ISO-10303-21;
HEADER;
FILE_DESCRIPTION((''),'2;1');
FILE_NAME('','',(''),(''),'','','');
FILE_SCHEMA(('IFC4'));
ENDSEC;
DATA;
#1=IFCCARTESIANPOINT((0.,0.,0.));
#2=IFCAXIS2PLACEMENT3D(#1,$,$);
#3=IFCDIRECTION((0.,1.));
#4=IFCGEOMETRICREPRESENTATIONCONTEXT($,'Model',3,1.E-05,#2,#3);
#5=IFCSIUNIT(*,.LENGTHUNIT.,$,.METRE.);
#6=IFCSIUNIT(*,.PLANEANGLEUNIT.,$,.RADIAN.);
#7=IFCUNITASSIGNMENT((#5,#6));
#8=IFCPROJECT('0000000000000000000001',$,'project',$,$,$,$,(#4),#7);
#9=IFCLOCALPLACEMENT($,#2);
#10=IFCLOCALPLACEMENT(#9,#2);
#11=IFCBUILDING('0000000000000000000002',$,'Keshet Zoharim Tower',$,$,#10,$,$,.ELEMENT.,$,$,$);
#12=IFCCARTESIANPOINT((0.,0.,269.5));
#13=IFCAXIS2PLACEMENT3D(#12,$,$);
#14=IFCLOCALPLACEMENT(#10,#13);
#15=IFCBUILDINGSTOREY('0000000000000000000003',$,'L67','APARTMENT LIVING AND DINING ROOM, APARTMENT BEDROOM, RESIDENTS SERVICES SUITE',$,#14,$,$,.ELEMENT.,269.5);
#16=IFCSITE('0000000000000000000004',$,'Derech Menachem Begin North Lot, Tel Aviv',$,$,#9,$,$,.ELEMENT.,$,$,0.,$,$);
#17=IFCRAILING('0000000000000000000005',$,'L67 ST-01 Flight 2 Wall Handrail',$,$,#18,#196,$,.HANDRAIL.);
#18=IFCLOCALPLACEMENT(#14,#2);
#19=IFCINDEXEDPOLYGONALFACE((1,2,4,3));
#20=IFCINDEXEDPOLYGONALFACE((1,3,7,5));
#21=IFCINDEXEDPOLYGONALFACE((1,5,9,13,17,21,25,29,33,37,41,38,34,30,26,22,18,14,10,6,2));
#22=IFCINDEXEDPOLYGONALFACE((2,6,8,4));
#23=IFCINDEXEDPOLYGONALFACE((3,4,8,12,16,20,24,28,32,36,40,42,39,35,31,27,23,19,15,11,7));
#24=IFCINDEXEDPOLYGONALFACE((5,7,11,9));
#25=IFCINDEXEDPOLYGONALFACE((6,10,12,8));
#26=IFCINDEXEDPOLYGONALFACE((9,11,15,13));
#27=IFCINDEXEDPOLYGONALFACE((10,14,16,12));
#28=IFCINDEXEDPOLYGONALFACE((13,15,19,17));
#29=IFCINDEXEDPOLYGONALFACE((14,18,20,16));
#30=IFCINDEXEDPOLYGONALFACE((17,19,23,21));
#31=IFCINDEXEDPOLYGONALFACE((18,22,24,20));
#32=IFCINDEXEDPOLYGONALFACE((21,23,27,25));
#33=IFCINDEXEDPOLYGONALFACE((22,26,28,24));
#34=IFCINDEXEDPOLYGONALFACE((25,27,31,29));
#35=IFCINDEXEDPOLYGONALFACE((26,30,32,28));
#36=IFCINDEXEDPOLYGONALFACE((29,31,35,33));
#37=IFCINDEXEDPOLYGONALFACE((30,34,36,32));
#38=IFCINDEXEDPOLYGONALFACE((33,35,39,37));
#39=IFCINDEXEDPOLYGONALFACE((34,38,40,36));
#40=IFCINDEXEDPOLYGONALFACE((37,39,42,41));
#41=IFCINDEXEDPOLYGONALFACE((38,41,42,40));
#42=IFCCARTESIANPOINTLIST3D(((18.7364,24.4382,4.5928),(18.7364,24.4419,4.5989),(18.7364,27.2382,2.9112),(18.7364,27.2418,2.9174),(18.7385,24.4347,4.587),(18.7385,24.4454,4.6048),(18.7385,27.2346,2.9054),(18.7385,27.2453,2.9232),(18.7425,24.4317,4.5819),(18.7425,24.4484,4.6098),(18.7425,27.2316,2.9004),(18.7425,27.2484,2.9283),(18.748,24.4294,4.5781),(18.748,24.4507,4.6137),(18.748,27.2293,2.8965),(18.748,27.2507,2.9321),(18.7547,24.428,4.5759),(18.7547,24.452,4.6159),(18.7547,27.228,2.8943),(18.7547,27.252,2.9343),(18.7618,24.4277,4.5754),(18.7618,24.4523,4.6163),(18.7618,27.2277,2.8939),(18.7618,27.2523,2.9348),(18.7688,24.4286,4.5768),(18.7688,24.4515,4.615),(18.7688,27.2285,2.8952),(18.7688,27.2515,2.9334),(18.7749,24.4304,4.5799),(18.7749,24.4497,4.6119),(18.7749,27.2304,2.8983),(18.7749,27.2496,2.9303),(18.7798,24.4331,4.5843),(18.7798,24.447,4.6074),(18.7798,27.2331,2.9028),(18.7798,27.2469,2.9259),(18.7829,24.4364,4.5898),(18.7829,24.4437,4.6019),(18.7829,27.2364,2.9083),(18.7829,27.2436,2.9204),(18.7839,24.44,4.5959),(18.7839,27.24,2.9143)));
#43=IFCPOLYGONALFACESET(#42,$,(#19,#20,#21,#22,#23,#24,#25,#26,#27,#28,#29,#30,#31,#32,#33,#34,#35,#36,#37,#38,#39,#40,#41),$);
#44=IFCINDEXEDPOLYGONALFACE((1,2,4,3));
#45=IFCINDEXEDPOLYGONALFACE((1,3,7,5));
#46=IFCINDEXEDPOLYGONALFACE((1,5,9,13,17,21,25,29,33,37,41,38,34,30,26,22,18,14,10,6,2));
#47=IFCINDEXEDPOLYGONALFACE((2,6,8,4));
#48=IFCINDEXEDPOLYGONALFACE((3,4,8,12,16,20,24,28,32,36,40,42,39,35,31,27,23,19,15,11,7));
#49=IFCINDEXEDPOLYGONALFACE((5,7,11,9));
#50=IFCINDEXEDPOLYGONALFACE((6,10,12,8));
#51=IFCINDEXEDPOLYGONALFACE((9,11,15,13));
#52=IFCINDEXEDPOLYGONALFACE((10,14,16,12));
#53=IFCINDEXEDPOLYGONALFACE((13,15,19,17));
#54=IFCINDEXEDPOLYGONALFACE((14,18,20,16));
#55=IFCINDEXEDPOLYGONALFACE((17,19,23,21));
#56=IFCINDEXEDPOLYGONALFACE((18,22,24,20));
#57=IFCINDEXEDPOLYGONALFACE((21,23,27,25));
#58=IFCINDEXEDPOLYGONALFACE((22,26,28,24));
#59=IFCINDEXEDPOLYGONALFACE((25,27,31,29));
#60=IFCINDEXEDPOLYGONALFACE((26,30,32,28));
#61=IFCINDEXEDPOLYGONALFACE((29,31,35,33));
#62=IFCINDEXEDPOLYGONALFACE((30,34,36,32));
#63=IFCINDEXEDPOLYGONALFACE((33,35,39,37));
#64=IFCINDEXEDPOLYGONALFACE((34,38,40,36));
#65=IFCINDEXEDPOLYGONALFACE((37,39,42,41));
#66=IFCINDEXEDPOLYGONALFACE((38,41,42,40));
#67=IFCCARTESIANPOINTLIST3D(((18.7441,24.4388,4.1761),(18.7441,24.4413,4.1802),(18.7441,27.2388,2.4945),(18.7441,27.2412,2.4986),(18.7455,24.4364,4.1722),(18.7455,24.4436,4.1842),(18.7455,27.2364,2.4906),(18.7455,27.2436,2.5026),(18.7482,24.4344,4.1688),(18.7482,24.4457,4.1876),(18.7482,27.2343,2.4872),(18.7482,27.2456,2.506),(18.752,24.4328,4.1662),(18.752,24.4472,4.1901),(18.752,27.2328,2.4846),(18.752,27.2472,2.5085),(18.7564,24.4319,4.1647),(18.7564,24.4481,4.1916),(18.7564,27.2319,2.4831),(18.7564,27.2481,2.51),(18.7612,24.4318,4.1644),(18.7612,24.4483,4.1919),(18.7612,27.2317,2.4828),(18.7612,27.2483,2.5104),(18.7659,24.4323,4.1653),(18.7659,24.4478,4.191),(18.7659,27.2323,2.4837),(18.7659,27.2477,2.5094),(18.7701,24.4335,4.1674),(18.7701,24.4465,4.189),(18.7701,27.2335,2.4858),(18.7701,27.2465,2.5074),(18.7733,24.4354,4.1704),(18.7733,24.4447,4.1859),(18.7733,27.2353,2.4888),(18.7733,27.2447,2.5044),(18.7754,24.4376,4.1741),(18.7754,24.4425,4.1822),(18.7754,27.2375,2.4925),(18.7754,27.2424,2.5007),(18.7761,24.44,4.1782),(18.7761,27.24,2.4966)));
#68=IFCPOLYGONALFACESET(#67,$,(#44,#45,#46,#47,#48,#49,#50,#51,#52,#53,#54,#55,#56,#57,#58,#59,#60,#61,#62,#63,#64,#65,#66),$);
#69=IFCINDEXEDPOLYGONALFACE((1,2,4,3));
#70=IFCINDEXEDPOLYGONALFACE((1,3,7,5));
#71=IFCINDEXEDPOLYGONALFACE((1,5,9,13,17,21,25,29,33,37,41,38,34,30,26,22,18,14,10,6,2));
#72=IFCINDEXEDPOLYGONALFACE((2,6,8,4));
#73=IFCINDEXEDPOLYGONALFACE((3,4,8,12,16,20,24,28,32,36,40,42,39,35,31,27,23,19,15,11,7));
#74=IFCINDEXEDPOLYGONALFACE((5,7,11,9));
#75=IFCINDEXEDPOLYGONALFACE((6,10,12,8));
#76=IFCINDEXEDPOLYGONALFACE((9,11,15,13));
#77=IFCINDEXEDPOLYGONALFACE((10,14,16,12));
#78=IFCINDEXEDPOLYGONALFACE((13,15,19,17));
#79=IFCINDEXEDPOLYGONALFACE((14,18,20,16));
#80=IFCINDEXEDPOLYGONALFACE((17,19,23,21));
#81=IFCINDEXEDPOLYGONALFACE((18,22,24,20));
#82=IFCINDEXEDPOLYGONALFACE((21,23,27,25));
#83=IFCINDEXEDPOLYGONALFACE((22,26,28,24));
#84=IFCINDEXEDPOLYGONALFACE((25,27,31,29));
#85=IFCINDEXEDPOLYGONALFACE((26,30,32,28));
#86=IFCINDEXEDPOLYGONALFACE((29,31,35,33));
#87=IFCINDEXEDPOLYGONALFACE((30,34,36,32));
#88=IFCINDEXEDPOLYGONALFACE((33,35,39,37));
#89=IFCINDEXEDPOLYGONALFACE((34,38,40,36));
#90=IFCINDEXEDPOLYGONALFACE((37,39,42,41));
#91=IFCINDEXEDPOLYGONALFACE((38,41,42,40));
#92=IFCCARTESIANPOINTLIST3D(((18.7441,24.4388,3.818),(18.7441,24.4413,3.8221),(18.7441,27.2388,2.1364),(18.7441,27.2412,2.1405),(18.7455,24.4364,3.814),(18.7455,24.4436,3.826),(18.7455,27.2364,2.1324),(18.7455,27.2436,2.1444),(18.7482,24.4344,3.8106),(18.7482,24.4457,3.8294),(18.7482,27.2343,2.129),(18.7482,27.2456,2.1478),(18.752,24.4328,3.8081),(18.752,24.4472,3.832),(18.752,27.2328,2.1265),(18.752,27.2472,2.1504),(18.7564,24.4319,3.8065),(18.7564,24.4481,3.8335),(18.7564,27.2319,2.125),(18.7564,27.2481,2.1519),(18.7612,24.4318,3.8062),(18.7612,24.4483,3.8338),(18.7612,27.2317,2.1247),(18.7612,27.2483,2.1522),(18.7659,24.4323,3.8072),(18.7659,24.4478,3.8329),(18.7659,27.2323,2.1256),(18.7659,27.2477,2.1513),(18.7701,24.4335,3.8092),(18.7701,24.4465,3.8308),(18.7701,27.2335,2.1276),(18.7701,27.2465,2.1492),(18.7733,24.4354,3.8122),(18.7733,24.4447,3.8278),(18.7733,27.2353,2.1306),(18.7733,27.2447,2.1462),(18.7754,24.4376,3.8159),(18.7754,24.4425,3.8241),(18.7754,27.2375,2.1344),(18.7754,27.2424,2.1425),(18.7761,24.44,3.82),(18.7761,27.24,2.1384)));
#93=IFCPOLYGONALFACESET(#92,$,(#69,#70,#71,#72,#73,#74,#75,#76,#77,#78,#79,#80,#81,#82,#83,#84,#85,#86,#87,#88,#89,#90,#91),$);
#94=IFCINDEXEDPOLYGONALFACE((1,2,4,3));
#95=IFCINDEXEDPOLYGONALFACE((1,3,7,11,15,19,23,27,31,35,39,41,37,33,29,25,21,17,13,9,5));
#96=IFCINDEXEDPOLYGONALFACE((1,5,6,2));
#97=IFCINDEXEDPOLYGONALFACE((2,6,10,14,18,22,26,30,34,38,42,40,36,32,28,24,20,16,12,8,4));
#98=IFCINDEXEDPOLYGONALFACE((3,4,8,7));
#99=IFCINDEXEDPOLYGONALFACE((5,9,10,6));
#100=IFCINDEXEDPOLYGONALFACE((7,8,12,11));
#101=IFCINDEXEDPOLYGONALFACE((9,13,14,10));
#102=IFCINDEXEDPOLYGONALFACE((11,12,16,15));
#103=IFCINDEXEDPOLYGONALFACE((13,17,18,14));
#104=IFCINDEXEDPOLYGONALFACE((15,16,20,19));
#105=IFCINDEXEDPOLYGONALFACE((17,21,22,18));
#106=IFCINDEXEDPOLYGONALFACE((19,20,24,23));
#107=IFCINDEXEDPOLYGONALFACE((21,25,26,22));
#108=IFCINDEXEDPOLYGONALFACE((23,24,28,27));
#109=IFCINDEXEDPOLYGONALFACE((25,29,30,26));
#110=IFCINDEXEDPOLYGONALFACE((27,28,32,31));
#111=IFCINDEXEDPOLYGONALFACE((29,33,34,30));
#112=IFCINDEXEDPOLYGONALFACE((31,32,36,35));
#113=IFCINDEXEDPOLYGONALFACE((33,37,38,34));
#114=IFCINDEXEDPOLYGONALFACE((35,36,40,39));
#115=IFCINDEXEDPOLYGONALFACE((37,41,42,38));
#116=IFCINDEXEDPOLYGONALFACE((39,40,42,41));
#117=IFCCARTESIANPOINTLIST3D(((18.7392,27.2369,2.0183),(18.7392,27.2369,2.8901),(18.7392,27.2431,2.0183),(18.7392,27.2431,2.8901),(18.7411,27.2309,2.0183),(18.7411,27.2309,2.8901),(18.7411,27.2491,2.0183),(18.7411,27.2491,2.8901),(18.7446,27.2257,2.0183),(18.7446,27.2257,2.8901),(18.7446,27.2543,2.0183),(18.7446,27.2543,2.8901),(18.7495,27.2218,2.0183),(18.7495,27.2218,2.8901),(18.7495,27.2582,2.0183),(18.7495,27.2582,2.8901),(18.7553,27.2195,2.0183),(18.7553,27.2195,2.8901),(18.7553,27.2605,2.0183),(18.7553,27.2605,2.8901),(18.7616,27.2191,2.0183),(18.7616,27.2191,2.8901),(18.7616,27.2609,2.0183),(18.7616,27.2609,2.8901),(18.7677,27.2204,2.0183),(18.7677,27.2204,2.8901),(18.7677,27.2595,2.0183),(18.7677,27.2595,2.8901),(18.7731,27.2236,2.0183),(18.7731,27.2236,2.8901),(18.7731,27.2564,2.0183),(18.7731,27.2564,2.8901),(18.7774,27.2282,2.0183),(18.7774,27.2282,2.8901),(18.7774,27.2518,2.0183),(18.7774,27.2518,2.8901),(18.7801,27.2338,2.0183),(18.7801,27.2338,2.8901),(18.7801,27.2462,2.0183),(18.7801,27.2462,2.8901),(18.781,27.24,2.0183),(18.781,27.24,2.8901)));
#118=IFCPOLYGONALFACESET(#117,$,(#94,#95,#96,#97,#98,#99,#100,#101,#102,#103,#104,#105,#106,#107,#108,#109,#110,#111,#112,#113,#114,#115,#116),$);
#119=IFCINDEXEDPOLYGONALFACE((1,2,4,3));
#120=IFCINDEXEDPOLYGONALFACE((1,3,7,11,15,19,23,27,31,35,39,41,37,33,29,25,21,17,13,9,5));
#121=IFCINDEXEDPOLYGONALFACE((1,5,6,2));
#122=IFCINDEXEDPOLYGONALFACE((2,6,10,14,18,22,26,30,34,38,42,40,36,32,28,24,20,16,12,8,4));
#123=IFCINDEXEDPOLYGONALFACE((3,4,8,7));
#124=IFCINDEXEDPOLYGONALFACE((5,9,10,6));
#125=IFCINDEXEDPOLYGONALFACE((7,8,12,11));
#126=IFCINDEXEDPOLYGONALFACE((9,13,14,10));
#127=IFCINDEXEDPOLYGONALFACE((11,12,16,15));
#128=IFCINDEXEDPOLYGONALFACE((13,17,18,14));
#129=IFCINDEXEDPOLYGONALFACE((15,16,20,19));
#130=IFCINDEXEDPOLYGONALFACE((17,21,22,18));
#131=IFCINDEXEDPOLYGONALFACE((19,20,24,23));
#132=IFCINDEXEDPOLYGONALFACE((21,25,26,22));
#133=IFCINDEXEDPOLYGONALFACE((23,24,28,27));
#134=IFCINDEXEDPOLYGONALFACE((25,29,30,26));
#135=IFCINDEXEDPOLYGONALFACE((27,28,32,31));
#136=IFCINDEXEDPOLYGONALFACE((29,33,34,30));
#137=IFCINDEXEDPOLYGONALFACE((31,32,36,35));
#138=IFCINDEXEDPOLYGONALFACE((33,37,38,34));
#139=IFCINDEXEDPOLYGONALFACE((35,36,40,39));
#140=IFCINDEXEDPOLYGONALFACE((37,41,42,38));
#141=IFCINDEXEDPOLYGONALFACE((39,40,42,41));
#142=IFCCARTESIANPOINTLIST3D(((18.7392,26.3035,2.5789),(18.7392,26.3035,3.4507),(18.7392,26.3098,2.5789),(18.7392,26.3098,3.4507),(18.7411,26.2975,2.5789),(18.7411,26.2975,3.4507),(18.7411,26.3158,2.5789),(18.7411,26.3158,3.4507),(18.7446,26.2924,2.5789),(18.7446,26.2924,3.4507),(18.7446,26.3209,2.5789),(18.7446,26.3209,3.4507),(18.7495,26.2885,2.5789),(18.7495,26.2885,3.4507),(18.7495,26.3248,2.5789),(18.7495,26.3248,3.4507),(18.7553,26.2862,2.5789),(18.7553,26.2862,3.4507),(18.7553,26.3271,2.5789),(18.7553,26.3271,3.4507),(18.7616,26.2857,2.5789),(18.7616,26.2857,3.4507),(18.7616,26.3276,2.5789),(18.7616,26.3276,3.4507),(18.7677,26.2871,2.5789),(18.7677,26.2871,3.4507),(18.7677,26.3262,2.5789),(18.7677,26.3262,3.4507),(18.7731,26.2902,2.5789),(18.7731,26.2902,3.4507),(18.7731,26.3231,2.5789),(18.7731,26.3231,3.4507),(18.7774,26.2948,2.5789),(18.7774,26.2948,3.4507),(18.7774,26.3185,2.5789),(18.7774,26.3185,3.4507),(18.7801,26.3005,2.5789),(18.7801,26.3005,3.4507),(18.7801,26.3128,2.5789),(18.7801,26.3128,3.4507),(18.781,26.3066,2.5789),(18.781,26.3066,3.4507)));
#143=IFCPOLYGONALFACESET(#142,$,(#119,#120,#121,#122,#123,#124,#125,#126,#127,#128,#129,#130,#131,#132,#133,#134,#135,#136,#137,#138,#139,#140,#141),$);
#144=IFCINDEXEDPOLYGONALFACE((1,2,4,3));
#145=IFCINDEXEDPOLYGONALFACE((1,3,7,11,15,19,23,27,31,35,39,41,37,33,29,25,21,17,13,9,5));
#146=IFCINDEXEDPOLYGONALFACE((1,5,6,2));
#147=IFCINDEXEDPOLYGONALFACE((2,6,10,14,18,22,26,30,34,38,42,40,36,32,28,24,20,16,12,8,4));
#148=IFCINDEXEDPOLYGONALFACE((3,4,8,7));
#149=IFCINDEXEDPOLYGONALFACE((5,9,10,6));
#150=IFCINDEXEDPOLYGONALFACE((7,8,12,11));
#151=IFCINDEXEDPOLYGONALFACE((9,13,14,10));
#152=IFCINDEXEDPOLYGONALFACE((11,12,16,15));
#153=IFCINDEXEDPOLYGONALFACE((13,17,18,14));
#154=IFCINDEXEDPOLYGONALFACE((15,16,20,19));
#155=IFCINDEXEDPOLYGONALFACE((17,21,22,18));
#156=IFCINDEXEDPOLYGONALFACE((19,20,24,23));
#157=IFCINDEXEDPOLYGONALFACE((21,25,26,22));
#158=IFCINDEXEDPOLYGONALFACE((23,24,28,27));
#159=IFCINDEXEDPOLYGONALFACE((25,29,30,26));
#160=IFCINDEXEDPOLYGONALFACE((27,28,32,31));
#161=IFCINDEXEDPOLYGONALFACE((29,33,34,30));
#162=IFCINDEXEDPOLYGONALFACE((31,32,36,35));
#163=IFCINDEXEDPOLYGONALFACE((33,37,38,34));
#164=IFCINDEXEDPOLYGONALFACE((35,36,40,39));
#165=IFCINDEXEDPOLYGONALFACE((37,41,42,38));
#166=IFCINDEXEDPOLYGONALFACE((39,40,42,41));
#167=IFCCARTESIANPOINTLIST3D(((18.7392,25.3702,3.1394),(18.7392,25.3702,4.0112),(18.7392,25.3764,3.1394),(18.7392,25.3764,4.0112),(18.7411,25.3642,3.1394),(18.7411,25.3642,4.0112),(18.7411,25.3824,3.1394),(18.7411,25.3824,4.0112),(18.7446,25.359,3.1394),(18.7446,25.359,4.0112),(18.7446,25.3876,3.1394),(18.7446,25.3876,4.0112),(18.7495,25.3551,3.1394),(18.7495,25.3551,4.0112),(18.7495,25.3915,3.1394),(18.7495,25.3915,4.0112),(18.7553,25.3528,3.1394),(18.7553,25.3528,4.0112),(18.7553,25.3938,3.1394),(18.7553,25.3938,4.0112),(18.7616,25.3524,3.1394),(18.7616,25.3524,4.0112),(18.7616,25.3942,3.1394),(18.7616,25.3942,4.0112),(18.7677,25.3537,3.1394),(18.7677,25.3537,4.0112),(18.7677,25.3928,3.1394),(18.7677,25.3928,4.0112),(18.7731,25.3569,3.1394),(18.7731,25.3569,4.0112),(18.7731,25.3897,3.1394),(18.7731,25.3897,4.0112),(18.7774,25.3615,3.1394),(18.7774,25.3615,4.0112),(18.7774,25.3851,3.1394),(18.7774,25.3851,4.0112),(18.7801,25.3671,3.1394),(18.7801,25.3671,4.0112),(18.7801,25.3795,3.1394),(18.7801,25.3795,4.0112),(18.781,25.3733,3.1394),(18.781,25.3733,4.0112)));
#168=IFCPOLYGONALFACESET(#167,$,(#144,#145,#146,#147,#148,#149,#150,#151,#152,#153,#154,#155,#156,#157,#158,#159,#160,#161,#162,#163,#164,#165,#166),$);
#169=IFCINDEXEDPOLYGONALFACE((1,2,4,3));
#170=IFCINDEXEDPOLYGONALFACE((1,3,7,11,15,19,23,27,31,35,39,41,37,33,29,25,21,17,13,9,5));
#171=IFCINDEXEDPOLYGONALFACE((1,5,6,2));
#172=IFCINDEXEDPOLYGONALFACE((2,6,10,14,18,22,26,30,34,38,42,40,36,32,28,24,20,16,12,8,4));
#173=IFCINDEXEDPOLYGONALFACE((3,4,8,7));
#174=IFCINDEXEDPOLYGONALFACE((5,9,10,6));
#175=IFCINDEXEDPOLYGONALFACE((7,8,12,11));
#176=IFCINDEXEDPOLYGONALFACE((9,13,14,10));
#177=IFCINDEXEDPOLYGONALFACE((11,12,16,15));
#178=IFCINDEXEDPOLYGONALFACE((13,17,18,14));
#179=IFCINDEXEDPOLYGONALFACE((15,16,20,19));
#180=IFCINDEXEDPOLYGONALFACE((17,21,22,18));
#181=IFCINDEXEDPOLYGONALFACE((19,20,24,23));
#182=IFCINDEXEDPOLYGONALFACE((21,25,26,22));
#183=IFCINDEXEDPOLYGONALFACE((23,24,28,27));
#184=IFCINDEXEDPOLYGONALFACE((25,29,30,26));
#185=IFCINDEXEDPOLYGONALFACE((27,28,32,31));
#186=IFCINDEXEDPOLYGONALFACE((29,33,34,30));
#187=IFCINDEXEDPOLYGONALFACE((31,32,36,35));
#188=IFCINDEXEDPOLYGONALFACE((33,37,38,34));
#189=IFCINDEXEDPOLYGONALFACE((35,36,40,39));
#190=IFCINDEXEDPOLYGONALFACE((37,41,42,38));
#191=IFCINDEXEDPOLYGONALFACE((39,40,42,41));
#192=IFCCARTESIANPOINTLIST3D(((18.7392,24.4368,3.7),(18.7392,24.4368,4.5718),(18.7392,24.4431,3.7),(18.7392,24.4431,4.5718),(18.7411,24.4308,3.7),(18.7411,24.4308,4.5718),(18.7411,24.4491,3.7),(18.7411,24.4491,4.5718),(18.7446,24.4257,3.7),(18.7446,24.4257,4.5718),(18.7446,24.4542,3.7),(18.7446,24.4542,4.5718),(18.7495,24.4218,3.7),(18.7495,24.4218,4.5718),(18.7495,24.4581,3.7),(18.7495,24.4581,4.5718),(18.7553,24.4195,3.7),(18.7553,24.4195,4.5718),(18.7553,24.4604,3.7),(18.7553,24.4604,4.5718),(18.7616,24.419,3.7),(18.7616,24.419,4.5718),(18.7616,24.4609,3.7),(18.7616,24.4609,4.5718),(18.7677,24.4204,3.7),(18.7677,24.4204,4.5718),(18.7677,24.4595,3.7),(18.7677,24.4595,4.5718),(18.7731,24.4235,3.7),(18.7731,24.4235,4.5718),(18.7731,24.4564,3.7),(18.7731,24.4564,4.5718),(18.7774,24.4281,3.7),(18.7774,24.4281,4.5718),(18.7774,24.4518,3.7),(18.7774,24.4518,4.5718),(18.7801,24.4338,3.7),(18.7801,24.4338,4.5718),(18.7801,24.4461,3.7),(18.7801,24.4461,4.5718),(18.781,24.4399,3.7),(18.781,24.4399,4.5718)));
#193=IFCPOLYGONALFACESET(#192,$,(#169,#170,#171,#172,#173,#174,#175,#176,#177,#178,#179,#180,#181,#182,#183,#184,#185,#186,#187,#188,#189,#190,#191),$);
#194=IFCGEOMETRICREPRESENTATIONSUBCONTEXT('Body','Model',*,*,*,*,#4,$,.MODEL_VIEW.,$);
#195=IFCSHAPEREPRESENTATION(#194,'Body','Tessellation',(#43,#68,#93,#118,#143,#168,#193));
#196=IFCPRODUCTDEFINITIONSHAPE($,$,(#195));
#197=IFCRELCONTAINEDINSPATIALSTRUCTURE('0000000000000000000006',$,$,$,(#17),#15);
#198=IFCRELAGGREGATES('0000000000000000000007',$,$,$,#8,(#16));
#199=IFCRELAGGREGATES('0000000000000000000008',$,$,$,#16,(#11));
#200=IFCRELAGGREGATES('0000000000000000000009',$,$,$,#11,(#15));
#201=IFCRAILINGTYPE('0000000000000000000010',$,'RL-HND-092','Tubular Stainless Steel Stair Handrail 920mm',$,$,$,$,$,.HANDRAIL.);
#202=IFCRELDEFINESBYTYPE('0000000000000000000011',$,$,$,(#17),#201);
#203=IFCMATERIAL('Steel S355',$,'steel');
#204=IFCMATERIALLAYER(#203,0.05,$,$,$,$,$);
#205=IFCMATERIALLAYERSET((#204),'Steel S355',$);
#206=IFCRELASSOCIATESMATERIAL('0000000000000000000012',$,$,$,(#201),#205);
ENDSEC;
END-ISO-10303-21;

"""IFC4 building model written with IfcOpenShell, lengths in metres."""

from ifc_helpers import new_model, si_unit, direction, frame, origin, origin_2d, place, context, subcontext, project, spatial, circle, extrude, material, layer, layer_set, type_object, element, save


model = new_model("IFC4")

# Units and contexts
model_context = context("Model", 3, precision=1e-05, world=origin(), true_north=direction((0.0, 1.0)))
body_context = subcontext(model_context, "Body", "Model", "MODEL_VIEW")
ifc_project = project(units=[si_unit("LENGTHUNIT", "METRE"), si_unit("PLANEANGLEUNIT", "RADIAN")], contexts=[model_context])

# Site, building, storey
site_placement = place(None, origin())
site = spatial("IfcSite", under=ifc_project, at=site_placement, Name="Derech Menachem Begin North Lot, Tel Aviv", CompositionType="ELEMENT", RefElevation=0.0)
building_placement = place(site_placement, origin())
building = spatial("IfcBuilding", under=site, at=building_placement, Name="Keshet Zoharim Tower", CompositionType="ELEMENT")
storey_placement = place(building_placement, frame((0.0, 0.0, 269.5)))
storey = spatial("IfcBuildingStorey", under=building, at=storey_placement, Name="L67", Description="APARTMENT LIVING AND DINING ROOM, APARTMENT BEDROOM, RESIDENTS SERVICES SUITE", CompositionType="ELEMENT", Elevation=269.5)

# Shared definitions
ifc_material_1 = material(Name="Steel S355", Category="steel")

# Railing
ifc_layer_1 = layer(ifc_material_1, 0.05)
ifc_layer_set_1 = layer_set([ifc_layer_1], Name="Steel S355")
railing_type_1 = type_object("IfcRailingType", Name="RL-HND-092", Description="Tubular Stainless Steel Stair Handrail 920mm", PredefinedType="HANDRAIL", material=ifc_layer_set_1)
railing_1_placement = place(storey_placement, frame((18.76, 27.24, 2.0183)))
element("IfcRailing", 1, at=railing_1_placement, inside=storey, type_object=railing_type_1, Name="L67 ST-01 Flight 2 Wall Handrail", PredefinedType="HANDRAIL", context=body_context, shape_type="SweptSolid", body=[
    extrude(circle(Radius=0.0239, at=origin_2d()), frame((0.0, 0.0, 0.896), z_axis=(0.0, -0.857275, 0.514858), x_axis=(1.0, 0.0, 0.0)), (0.0, 0.0, 1.0), 3.2661),
    extrude(circle(Radius=0.0161, at=origin_2d()), frame((0.0, 0.0, 0.4783), z_axis=(0.0, -0.857275, 0.514858), x_axis=(1.0, 0.0, 0.0)), (0.0, 0.0, 1.0), 3.2661),
    extrude(circle(Radius=0.0161, at=origin_2d()), frame((0.0, 0.0, 0.1201), z_axis=(0.0, -0.857275, 0.514858), x_axis=(1.0, 0.0, 0.0)), (0.0, 0.0, 1.0), 3.2661),
    extrude(circle(Radius=0.021, at=origin_2d()), origin(), (0.0, 0.0, 1.0), 0.8718),
    extrude(circle(Radius=0.021, at=origin_2d()), frame((0.0, -0.9333, 0.5605)), (0.0, 0.0, 1.0), 0.8718),
    extrude(circle(Radius=0.021, at=origin_2d()), frame((0.0, -1.8667, 1.1211)), (0.0, 0.0, 1.0), 0.8718),
    extrude(circle(Radius=0.021, at=origin_2d()), frame((0.0, -2.8, 1.6816)), (0.0, 0.0, 1.0), 0.8718),
])

save(model, "model.ifc")
